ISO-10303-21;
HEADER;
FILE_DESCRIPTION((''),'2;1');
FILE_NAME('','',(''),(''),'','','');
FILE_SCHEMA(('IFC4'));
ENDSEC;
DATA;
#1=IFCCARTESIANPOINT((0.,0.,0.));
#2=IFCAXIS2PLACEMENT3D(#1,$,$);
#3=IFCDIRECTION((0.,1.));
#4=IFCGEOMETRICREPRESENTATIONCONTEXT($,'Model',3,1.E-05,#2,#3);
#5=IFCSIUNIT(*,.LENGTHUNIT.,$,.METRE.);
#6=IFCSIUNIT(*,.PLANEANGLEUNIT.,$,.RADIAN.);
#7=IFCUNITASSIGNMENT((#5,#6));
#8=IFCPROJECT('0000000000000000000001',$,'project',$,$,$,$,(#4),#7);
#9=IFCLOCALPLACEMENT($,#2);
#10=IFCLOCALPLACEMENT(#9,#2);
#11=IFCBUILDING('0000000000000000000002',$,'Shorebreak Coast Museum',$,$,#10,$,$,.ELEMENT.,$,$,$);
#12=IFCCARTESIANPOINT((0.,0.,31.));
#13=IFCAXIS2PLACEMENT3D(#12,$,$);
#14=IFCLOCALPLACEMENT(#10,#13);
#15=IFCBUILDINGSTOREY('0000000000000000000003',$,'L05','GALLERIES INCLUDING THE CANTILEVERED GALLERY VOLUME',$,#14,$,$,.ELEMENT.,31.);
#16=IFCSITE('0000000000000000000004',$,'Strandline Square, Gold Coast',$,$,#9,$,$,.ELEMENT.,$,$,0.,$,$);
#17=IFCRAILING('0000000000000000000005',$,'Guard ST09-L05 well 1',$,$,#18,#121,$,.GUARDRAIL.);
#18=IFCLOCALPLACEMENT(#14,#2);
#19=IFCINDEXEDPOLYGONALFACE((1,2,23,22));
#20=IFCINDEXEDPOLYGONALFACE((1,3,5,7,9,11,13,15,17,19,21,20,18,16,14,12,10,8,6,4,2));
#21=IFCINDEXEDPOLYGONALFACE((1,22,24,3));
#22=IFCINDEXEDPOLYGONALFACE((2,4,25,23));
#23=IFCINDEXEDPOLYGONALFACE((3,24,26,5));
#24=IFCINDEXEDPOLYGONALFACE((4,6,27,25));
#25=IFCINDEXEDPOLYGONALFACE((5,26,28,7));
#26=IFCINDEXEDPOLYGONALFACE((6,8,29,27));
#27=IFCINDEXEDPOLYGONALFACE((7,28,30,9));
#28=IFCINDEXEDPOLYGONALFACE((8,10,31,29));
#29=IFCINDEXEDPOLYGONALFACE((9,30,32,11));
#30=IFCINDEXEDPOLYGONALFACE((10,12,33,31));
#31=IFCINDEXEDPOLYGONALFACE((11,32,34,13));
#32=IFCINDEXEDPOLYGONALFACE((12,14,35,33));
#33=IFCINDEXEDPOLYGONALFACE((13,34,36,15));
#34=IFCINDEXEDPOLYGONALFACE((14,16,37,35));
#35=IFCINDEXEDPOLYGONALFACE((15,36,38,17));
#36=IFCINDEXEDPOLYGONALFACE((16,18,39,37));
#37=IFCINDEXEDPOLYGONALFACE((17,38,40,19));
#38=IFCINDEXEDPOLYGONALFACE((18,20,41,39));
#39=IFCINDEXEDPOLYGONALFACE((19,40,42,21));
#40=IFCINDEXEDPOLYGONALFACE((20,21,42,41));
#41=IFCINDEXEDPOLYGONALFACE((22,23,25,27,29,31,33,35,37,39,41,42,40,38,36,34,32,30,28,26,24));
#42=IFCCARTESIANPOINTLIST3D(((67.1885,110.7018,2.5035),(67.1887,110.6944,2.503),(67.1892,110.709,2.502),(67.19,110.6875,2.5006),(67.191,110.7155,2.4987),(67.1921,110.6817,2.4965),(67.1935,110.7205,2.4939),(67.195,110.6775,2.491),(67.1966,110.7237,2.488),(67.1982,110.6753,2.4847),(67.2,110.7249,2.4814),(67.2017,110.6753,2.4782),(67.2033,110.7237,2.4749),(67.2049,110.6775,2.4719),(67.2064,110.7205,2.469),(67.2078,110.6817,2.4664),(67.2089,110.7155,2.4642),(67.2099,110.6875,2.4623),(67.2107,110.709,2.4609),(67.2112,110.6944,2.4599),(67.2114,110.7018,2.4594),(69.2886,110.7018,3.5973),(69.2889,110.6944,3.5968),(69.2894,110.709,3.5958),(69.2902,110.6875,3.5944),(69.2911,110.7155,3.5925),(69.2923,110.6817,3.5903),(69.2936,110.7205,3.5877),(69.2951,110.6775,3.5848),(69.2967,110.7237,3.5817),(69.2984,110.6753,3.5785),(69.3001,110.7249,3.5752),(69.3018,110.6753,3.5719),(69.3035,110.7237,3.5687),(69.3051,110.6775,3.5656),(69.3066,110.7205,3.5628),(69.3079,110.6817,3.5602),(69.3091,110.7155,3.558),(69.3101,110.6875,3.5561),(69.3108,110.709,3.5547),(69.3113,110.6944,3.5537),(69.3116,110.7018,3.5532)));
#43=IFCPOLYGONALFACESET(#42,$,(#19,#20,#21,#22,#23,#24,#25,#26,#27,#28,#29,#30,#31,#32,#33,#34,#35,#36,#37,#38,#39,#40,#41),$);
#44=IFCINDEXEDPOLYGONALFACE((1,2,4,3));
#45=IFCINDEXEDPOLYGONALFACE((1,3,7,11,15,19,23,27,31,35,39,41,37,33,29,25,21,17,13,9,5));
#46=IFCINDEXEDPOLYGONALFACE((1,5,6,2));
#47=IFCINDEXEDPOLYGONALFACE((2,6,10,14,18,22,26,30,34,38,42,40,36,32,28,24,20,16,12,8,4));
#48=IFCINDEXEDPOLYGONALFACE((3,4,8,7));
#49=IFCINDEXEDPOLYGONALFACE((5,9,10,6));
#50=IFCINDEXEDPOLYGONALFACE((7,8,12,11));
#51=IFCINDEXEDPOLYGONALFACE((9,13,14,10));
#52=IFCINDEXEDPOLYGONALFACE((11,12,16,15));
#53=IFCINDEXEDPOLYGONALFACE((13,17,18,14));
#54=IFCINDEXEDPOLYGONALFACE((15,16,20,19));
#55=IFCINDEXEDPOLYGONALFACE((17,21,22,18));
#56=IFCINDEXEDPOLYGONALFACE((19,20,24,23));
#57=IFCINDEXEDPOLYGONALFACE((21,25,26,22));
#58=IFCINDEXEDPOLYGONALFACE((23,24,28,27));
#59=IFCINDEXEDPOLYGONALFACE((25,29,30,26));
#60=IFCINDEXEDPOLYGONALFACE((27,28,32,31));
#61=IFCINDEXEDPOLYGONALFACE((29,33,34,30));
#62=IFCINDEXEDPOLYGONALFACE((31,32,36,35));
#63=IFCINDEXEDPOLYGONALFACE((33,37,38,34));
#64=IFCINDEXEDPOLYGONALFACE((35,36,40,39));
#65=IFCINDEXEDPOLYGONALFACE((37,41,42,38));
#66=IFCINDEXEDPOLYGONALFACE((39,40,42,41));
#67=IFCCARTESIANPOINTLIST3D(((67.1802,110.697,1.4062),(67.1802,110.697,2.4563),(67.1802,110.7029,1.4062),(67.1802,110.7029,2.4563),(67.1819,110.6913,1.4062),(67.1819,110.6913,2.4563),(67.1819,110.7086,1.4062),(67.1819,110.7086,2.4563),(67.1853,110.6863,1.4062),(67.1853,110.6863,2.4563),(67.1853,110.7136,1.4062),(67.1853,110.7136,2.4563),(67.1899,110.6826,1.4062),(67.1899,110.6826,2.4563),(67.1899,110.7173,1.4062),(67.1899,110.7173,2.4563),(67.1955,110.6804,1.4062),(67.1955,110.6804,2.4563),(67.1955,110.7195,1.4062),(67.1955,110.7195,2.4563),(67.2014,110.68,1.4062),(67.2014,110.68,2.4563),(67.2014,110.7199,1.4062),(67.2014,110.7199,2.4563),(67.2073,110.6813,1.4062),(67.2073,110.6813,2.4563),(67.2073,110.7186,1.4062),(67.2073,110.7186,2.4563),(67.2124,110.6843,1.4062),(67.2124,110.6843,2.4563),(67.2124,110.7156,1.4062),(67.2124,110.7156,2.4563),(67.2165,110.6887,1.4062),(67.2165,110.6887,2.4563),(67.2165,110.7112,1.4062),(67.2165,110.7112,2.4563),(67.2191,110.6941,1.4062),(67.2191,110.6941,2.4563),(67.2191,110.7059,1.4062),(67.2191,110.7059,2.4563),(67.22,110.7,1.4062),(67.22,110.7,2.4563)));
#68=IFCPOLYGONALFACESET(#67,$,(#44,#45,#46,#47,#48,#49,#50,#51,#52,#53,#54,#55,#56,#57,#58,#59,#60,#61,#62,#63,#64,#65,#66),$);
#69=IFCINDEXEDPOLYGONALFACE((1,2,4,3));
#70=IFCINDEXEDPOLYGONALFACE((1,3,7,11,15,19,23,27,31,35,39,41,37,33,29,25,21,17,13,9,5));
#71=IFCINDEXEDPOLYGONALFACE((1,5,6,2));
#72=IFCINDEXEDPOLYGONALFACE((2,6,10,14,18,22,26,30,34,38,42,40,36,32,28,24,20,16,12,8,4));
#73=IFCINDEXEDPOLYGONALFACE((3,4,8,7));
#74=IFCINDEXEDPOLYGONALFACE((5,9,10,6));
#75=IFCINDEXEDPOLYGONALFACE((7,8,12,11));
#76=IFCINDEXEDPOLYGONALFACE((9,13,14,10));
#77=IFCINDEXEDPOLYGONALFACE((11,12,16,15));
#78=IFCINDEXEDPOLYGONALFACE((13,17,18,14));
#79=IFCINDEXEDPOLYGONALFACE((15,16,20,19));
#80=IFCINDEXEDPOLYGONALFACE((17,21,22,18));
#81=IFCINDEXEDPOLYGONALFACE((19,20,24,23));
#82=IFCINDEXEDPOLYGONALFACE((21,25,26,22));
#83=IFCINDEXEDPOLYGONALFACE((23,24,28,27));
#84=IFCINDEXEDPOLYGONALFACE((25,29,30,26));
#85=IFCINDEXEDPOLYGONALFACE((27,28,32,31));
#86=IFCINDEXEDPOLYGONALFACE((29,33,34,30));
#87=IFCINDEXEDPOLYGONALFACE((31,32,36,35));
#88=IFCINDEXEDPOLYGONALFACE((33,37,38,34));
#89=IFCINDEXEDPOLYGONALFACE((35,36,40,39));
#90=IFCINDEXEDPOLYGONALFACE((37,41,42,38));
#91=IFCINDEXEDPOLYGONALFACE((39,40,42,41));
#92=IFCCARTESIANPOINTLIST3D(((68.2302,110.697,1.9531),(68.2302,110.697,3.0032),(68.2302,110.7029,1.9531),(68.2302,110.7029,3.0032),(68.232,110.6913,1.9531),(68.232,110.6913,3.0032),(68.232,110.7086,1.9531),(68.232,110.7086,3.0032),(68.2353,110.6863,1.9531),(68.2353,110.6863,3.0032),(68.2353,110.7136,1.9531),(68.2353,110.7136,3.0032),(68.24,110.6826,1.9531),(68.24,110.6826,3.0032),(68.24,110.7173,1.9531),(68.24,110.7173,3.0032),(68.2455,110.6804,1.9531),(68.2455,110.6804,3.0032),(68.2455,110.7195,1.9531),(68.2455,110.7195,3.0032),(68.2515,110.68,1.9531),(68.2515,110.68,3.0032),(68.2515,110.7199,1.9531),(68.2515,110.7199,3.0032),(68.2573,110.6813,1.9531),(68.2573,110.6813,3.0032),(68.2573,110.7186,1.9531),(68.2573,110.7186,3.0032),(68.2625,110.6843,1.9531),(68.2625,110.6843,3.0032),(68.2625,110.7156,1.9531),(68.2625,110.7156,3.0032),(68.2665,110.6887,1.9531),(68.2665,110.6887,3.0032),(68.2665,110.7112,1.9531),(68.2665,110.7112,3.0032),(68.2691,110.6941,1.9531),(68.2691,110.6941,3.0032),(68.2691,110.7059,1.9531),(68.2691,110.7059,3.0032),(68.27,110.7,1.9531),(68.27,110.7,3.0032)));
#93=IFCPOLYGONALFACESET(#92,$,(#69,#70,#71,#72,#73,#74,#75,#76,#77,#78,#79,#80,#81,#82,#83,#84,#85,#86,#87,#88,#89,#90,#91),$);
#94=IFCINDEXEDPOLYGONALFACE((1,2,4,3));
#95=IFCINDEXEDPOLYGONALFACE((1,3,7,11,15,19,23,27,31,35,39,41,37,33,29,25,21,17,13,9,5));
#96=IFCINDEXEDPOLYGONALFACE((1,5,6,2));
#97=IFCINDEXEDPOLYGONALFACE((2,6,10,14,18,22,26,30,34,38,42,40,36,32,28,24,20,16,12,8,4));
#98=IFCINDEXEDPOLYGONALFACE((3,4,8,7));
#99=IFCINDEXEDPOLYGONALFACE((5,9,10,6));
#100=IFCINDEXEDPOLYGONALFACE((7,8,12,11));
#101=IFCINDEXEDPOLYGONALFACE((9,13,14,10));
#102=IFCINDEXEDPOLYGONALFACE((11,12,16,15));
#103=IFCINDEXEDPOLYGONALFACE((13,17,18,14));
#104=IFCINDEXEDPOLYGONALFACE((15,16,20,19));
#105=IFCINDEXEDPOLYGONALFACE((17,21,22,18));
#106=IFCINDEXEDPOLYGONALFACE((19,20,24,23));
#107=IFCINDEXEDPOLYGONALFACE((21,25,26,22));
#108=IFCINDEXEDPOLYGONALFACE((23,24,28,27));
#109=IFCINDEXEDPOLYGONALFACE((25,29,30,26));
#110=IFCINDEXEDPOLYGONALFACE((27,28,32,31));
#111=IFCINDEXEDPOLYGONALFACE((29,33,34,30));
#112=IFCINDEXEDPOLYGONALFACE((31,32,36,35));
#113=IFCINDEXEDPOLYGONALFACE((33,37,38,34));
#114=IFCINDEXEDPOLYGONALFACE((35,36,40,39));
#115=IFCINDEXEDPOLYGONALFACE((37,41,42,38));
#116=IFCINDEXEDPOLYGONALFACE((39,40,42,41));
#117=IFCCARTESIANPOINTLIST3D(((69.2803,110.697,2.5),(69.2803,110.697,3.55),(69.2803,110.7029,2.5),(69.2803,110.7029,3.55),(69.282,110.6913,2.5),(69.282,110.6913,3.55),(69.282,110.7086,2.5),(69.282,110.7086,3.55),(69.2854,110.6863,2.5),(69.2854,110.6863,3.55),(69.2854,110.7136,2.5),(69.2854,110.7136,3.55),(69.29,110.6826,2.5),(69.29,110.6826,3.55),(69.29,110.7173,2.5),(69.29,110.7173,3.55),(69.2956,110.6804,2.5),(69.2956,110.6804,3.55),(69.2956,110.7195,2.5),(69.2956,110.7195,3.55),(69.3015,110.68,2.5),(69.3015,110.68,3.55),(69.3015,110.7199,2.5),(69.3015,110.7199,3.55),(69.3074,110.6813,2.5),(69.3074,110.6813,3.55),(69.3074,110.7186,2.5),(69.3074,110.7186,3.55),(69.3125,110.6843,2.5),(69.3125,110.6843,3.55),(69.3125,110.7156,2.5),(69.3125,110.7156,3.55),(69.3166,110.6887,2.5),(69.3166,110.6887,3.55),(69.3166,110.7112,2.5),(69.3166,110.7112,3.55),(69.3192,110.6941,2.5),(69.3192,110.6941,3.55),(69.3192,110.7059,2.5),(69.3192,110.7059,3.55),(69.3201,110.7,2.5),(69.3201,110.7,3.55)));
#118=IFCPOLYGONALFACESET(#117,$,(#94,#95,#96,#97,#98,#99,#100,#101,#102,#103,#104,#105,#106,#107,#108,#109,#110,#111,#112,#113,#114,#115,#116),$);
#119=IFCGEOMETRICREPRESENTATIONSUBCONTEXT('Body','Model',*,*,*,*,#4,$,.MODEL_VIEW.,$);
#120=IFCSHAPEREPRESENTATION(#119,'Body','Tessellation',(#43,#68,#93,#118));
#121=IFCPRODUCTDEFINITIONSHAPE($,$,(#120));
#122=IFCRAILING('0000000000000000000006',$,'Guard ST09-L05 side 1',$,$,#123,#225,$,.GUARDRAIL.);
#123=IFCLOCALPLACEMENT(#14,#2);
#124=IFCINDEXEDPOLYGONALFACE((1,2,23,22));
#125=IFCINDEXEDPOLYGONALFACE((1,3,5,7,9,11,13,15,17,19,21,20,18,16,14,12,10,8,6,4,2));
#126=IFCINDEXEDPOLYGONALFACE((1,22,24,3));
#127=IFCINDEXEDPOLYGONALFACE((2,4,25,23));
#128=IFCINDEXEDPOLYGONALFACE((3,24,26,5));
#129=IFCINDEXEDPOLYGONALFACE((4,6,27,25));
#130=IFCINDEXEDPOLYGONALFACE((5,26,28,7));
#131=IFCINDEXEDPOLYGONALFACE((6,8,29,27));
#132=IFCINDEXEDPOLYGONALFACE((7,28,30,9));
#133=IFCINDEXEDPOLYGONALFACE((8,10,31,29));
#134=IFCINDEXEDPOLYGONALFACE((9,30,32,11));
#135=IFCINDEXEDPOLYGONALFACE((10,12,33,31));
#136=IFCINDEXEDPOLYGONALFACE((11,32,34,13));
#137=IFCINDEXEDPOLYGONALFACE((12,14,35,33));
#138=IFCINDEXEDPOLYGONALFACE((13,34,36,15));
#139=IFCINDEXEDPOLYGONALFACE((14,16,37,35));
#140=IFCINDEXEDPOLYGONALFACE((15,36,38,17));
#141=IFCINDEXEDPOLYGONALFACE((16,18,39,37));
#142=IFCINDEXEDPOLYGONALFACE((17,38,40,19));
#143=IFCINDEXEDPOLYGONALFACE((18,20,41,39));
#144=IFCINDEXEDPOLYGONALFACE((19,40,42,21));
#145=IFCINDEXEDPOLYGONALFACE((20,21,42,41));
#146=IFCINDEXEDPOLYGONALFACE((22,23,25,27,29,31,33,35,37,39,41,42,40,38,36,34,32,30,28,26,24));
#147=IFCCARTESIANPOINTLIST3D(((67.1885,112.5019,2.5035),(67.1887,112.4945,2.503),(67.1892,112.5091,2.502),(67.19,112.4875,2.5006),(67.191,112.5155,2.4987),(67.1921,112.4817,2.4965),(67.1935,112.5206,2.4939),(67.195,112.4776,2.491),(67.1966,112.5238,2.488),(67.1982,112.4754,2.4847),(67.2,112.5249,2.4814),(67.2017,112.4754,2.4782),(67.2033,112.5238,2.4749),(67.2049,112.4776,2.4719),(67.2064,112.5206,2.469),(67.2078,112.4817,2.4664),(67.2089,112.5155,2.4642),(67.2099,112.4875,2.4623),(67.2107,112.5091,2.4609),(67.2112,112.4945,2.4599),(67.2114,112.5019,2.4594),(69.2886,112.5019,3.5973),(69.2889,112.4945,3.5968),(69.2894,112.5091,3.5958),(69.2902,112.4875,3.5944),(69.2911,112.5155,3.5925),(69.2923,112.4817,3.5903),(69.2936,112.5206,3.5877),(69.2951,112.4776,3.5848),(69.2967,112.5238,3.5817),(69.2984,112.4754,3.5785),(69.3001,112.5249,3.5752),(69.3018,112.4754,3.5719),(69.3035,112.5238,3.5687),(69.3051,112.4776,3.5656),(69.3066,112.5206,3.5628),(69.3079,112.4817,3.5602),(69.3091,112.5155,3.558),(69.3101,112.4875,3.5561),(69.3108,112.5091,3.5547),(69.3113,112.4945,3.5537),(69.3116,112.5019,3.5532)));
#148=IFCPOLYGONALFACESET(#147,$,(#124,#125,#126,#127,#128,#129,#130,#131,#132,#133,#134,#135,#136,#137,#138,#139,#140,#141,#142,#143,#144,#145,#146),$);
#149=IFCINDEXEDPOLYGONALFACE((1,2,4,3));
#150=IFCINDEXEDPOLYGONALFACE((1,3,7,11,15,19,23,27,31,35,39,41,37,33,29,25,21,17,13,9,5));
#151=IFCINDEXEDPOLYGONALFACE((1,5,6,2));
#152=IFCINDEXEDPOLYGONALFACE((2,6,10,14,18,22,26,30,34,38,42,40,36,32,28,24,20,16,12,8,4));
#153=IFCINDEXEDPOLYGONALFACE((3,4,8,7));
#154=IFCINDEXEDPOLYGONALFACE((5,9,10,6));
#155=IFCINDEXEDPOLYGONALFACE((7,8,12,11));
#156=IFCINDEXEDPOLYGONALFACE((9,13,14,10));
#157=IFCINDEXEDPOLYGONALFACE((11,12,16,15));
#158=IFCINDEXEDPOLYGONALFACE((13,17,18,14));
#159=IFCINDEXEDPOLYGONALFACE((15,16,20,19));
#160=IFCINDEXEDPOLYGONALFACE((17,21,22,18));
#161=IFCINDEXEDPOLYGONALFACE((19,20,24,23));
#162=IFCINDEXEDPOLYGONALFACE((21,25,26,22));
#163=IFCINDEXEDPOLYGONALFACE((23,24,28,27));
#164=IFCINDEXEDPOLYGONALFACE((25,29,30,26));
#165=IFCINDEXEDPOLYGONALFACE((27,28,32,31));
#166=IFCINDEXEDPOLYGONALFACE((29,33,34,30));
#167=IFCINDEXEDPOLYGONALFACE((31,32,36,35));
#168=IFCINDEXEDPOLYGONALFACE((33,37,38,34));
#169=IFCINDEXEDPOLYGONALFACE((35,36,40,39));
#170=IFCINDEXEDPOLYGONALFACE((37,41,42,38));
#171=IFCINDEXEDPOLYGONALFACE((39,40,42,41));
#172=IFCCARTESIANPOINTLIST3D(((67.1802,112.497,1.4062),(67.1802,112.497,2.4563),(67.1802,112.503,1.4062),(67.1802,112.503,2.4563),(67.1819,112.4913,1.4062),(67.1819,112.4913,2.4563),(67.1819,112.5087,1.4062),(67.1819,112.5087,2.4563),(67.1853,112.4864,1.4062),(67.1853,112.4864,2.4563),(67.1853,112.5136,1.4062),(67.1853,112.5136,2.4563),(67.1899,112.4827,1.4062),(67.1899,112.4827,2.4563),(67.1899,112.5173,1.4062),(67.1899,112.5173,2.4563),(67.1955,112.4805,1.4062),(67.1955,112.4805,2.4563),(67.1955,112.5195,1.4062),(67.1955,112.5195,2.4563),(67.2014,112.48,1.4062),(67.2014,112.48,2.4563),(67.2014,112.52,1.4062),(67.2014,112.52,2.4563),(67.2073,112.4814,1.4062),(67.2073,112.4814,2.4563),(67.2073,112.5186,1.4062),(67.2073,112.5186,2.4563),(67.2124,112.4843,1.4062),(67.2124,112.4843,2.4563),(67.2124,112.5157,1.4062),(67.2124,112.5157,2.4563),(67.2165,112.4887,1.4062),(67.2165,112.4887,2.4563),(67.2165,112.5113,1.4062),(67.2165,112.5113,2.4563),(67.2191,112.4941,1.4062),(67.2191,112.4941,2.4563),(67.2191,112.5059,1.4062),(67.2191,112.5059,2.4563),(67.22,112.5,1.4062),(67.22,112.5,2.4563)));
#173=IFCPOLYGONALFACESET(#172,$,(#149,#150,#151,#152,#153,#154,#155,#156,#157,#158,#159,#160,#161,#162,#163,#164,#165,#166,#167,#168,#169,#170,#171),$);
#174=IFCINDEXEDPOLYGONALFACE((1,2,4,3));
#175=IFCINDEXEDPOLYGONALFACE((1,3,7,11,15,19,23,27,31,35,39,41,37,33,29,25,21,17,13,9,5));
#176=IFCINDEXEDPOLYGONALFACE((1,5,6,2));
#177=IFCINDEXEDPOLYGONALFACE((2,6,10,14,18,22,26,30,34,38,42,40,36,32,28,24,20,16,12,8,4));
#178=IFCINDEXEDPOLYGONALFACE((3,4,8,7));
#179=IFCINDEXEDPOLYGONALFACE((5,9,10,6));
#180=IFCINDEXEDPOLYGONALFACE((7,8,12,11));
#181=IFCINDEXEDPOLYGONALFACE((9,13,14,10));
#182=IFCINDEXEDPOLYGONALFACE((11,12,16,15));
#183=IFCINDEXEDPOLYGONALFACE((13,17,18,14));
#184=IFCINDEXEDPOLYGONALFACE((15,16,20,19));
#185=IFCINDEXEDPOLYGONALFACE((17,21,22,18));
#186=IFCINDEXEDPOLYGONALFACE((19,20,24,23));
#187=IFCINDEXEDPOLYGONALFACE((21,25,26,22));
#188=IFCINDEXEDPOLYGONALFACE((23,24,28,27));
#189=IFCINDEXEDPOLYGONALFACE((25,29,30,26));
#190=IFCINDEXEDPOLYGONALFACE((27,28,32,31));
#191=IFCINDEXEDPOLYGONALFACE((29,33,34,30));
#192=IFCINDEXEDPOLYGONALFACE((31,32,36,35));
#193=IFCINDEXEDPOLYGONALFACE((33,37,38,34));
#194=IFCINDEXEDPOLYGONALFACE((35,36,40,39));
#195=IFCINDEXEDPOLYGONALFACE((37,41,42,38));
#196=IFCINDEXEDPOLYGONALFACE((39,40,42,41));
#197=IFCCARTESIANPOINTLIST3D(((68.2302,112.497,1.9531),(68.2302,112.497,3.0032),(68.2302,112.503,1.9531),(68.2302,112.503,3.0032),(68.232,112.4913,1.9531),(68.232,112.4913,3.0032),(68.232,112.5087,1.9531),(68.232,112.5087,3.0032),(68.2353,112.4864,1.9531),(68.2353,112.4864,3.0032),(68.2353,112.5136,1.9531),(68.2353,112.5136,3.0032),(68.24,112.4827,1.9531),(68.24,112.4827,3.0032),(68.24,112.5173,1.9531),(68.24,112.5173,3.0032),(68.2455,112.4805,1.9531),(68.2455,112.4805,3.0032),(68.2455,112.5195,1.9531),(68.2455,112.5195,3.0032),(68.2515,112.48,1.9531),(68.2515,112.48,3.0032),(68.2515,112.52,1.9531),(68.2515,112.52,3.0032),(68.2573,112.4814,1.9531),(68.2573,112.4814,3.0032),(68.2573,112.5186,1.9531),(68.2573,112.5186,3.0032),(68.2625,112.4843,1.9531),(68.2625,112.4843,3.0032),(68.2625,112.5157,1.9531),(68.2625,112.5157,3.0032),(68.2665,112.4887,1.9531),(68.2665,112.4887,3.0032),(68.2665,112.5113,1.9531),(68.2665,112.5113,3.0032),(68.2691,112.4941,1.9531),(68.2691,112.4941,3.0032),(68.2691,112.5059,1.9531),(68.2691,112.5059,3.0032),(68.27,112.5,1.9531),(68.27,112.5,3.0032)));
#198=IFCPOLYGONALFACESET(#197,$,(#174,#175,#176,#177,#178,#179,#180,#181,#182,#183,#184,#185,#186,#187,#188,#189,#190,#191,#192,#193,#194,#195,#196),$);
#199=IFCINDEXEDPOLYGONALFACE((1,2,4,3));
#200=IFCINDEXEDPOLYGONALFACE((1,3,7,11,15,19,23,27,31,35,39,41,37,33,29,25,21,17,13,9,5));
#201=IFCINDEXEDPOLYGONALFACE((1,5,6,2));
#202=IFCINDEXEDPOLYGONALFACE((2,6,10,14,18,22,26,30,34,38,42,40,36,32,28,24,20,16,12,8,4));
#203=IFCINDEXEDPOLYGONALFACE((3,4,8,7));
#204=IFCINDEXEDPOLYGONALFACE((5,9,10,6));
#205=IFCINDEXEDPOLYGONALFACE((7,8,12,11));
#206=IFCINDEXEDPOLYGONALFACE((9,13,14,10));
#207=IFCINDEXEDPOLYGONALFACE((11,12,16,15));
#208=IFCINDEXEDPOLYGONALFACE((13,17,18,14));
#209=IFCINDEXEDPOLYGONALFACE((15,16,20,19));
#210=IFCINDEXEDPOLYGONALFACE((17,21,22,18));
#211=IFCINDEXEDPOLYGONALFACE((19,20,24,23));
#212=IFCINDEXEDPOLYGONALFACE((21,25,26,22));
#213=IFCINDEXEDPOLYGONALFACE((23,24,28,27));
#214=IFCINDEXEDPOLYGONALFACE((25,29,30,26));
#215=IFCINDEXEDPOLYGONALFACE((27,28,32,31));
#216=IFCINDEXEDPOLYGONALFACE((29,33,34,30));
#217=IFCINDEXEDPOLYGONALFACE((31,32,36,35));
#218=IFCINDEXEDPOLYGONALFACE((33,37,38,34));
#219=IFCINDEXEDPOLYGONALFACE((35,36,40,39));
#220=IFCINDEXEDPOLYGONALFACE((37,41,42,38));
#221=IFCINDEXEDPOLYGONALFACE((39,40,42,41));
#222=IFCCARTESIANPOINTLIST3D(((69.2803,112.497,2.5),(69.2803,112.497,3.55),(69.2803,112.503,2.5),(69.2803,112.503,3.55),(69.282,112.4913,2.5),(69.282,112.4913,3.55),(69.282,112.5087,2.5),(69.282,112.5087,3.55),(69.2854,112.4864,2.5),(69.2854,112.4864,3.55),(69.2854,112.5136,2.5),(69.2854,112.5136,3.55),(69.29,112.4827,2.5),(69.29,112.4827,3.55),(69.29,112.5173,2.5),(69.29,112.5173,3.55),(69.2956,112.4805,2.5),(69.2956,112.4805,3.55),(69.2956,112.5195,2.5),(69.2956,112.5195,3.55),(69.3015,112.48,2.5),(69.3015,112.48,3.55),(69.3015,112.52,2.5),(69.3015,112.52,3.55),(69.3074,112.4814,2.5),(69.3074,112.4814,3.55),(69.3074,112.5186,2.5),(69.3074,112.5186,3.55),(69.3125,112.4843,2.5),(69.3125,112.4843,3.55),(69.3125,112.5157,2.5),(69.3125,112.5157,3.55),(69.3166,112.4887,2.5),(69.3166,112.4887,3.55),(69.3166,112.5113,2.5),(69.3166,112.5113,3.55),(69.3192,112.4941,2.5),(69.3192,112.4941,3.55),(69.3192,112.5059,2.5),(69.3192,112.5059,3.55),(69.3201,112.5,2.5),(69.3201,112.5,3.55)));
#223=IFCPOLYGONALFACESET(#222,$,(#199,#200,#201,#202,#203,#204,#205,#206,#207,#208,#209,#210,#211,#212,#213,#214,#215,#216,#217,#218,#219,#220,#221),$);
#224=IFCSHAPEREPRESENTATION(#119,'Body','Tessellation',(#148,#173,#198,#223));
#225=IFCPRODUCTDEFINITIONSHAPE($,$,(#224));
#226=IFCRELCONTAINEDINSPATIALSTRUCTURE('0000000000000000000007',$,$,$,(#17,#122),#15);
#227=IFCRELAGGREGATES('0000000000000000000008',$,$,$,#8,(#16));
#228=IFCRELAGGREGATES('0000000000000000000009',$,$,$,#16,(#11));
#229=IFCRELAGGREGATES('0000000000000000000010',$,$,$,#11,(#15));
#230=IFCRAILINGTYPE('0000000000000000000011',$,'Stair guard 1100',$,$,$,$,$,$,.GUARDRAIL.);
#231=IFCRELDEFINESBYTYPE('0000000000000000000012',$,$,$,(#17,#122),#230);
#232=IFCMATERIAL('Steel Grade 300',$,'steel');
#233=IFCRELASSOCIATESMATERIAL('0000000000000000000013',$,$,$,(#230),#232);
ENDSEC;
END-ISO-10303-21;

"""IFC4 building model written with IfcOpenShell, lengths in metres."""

from ifc_helpers import new_model, si_unit, direction, frame, origin, origin_2d, place, context, subcontext, project, spatial, circle, extrude, material, type_object, element, save


model = new_model("IFC4")

# Units and contexts
model_context = context("Model", 3, precision=1e-05, world=origin(), true_north=direction((0.0, 1.0)))
body_context = subcontext(model_context, "Body", "Model", "MODEL_VIEW")
ifc_project = project(units=[si_unit("LENGTHUNIT", "METRE"), si_unit("PLANEANGLEUNIT", "RADIAN")], contexts=[model_context])

# Site, building, storey
site_placement = place(None, origin())
site = spatial("IfcSite", under=ifc_project, at=site_placement, Name="Strandline Square, Gold Coast", CompositionType="ELEMENT", RefElevation=0.0)
building_placement = place(site_placement, origin())
building = spatial("IfcBuilding", under=site, at=building_placement, Name="Shorebreak Coast Museum", CompositionType="ELEMENT")
storey_placement = place(building_placement, frame((0.0, 0.0, 31.0)))
storey = spatial("IfcBuildingStorey", under=building, at=storey_placement, Name="L05", Description="GALLERIES INCLUDING THE CANTILEVERED GALLERY VOLUME", CompositionType="ELEMENT", Elevation=31.0)

# Railings
ifc_material_1 = material(Name="Steel Grade 300", Category="steel")
railing_type_1 = type_object("IfcRailingType", Name="Stair guard 1100", PredefinedType="GUARDRAIL", material=ifc_material_1)
for number, where, name in (
    (1, (67.2, 110.7, 1.4062), "Guard ST09-L05 well 1"),
    (2, (67.2, 112.5, 1.4062), "Guard ST09-L05 side 1"),
):
    element("IfcRailing", number, at=place(storey_placement, frame(where)), inside=storey, type_object=railing_type_1, Name=name, PredefinedType="GUARDRAIL", context=body_context, shape_type="SweptSolid", body=[
        extrude(circle(Radius=0.0249, at=origin_2d()), frame((0.0, 0.0, 1.0752), z_axis=(0.886923, 0.0, 0.461918), x_axis=(0.0, 1.0, 0.0)), (0.0, 0.0, 1.0), 2.3679),
        extrude(circle(Radius=0.02, at=origin_2d()), origin(), (0.0, 0.0, 1.0), 1.05),
        extrude(circle(Radius=0.02, at=origin_2d()), frame((1.05, 0.0, 0.5469)), (0.0, 0.0, 1.0), 1.05),
        extrude(circle(Radius=0.02, at=origin_2d()), frame((2.1001, 0.0, 1.0938)), (0.0, 0.0, 1.0), 1.05),
    ])

save(model, "model.ifc")
